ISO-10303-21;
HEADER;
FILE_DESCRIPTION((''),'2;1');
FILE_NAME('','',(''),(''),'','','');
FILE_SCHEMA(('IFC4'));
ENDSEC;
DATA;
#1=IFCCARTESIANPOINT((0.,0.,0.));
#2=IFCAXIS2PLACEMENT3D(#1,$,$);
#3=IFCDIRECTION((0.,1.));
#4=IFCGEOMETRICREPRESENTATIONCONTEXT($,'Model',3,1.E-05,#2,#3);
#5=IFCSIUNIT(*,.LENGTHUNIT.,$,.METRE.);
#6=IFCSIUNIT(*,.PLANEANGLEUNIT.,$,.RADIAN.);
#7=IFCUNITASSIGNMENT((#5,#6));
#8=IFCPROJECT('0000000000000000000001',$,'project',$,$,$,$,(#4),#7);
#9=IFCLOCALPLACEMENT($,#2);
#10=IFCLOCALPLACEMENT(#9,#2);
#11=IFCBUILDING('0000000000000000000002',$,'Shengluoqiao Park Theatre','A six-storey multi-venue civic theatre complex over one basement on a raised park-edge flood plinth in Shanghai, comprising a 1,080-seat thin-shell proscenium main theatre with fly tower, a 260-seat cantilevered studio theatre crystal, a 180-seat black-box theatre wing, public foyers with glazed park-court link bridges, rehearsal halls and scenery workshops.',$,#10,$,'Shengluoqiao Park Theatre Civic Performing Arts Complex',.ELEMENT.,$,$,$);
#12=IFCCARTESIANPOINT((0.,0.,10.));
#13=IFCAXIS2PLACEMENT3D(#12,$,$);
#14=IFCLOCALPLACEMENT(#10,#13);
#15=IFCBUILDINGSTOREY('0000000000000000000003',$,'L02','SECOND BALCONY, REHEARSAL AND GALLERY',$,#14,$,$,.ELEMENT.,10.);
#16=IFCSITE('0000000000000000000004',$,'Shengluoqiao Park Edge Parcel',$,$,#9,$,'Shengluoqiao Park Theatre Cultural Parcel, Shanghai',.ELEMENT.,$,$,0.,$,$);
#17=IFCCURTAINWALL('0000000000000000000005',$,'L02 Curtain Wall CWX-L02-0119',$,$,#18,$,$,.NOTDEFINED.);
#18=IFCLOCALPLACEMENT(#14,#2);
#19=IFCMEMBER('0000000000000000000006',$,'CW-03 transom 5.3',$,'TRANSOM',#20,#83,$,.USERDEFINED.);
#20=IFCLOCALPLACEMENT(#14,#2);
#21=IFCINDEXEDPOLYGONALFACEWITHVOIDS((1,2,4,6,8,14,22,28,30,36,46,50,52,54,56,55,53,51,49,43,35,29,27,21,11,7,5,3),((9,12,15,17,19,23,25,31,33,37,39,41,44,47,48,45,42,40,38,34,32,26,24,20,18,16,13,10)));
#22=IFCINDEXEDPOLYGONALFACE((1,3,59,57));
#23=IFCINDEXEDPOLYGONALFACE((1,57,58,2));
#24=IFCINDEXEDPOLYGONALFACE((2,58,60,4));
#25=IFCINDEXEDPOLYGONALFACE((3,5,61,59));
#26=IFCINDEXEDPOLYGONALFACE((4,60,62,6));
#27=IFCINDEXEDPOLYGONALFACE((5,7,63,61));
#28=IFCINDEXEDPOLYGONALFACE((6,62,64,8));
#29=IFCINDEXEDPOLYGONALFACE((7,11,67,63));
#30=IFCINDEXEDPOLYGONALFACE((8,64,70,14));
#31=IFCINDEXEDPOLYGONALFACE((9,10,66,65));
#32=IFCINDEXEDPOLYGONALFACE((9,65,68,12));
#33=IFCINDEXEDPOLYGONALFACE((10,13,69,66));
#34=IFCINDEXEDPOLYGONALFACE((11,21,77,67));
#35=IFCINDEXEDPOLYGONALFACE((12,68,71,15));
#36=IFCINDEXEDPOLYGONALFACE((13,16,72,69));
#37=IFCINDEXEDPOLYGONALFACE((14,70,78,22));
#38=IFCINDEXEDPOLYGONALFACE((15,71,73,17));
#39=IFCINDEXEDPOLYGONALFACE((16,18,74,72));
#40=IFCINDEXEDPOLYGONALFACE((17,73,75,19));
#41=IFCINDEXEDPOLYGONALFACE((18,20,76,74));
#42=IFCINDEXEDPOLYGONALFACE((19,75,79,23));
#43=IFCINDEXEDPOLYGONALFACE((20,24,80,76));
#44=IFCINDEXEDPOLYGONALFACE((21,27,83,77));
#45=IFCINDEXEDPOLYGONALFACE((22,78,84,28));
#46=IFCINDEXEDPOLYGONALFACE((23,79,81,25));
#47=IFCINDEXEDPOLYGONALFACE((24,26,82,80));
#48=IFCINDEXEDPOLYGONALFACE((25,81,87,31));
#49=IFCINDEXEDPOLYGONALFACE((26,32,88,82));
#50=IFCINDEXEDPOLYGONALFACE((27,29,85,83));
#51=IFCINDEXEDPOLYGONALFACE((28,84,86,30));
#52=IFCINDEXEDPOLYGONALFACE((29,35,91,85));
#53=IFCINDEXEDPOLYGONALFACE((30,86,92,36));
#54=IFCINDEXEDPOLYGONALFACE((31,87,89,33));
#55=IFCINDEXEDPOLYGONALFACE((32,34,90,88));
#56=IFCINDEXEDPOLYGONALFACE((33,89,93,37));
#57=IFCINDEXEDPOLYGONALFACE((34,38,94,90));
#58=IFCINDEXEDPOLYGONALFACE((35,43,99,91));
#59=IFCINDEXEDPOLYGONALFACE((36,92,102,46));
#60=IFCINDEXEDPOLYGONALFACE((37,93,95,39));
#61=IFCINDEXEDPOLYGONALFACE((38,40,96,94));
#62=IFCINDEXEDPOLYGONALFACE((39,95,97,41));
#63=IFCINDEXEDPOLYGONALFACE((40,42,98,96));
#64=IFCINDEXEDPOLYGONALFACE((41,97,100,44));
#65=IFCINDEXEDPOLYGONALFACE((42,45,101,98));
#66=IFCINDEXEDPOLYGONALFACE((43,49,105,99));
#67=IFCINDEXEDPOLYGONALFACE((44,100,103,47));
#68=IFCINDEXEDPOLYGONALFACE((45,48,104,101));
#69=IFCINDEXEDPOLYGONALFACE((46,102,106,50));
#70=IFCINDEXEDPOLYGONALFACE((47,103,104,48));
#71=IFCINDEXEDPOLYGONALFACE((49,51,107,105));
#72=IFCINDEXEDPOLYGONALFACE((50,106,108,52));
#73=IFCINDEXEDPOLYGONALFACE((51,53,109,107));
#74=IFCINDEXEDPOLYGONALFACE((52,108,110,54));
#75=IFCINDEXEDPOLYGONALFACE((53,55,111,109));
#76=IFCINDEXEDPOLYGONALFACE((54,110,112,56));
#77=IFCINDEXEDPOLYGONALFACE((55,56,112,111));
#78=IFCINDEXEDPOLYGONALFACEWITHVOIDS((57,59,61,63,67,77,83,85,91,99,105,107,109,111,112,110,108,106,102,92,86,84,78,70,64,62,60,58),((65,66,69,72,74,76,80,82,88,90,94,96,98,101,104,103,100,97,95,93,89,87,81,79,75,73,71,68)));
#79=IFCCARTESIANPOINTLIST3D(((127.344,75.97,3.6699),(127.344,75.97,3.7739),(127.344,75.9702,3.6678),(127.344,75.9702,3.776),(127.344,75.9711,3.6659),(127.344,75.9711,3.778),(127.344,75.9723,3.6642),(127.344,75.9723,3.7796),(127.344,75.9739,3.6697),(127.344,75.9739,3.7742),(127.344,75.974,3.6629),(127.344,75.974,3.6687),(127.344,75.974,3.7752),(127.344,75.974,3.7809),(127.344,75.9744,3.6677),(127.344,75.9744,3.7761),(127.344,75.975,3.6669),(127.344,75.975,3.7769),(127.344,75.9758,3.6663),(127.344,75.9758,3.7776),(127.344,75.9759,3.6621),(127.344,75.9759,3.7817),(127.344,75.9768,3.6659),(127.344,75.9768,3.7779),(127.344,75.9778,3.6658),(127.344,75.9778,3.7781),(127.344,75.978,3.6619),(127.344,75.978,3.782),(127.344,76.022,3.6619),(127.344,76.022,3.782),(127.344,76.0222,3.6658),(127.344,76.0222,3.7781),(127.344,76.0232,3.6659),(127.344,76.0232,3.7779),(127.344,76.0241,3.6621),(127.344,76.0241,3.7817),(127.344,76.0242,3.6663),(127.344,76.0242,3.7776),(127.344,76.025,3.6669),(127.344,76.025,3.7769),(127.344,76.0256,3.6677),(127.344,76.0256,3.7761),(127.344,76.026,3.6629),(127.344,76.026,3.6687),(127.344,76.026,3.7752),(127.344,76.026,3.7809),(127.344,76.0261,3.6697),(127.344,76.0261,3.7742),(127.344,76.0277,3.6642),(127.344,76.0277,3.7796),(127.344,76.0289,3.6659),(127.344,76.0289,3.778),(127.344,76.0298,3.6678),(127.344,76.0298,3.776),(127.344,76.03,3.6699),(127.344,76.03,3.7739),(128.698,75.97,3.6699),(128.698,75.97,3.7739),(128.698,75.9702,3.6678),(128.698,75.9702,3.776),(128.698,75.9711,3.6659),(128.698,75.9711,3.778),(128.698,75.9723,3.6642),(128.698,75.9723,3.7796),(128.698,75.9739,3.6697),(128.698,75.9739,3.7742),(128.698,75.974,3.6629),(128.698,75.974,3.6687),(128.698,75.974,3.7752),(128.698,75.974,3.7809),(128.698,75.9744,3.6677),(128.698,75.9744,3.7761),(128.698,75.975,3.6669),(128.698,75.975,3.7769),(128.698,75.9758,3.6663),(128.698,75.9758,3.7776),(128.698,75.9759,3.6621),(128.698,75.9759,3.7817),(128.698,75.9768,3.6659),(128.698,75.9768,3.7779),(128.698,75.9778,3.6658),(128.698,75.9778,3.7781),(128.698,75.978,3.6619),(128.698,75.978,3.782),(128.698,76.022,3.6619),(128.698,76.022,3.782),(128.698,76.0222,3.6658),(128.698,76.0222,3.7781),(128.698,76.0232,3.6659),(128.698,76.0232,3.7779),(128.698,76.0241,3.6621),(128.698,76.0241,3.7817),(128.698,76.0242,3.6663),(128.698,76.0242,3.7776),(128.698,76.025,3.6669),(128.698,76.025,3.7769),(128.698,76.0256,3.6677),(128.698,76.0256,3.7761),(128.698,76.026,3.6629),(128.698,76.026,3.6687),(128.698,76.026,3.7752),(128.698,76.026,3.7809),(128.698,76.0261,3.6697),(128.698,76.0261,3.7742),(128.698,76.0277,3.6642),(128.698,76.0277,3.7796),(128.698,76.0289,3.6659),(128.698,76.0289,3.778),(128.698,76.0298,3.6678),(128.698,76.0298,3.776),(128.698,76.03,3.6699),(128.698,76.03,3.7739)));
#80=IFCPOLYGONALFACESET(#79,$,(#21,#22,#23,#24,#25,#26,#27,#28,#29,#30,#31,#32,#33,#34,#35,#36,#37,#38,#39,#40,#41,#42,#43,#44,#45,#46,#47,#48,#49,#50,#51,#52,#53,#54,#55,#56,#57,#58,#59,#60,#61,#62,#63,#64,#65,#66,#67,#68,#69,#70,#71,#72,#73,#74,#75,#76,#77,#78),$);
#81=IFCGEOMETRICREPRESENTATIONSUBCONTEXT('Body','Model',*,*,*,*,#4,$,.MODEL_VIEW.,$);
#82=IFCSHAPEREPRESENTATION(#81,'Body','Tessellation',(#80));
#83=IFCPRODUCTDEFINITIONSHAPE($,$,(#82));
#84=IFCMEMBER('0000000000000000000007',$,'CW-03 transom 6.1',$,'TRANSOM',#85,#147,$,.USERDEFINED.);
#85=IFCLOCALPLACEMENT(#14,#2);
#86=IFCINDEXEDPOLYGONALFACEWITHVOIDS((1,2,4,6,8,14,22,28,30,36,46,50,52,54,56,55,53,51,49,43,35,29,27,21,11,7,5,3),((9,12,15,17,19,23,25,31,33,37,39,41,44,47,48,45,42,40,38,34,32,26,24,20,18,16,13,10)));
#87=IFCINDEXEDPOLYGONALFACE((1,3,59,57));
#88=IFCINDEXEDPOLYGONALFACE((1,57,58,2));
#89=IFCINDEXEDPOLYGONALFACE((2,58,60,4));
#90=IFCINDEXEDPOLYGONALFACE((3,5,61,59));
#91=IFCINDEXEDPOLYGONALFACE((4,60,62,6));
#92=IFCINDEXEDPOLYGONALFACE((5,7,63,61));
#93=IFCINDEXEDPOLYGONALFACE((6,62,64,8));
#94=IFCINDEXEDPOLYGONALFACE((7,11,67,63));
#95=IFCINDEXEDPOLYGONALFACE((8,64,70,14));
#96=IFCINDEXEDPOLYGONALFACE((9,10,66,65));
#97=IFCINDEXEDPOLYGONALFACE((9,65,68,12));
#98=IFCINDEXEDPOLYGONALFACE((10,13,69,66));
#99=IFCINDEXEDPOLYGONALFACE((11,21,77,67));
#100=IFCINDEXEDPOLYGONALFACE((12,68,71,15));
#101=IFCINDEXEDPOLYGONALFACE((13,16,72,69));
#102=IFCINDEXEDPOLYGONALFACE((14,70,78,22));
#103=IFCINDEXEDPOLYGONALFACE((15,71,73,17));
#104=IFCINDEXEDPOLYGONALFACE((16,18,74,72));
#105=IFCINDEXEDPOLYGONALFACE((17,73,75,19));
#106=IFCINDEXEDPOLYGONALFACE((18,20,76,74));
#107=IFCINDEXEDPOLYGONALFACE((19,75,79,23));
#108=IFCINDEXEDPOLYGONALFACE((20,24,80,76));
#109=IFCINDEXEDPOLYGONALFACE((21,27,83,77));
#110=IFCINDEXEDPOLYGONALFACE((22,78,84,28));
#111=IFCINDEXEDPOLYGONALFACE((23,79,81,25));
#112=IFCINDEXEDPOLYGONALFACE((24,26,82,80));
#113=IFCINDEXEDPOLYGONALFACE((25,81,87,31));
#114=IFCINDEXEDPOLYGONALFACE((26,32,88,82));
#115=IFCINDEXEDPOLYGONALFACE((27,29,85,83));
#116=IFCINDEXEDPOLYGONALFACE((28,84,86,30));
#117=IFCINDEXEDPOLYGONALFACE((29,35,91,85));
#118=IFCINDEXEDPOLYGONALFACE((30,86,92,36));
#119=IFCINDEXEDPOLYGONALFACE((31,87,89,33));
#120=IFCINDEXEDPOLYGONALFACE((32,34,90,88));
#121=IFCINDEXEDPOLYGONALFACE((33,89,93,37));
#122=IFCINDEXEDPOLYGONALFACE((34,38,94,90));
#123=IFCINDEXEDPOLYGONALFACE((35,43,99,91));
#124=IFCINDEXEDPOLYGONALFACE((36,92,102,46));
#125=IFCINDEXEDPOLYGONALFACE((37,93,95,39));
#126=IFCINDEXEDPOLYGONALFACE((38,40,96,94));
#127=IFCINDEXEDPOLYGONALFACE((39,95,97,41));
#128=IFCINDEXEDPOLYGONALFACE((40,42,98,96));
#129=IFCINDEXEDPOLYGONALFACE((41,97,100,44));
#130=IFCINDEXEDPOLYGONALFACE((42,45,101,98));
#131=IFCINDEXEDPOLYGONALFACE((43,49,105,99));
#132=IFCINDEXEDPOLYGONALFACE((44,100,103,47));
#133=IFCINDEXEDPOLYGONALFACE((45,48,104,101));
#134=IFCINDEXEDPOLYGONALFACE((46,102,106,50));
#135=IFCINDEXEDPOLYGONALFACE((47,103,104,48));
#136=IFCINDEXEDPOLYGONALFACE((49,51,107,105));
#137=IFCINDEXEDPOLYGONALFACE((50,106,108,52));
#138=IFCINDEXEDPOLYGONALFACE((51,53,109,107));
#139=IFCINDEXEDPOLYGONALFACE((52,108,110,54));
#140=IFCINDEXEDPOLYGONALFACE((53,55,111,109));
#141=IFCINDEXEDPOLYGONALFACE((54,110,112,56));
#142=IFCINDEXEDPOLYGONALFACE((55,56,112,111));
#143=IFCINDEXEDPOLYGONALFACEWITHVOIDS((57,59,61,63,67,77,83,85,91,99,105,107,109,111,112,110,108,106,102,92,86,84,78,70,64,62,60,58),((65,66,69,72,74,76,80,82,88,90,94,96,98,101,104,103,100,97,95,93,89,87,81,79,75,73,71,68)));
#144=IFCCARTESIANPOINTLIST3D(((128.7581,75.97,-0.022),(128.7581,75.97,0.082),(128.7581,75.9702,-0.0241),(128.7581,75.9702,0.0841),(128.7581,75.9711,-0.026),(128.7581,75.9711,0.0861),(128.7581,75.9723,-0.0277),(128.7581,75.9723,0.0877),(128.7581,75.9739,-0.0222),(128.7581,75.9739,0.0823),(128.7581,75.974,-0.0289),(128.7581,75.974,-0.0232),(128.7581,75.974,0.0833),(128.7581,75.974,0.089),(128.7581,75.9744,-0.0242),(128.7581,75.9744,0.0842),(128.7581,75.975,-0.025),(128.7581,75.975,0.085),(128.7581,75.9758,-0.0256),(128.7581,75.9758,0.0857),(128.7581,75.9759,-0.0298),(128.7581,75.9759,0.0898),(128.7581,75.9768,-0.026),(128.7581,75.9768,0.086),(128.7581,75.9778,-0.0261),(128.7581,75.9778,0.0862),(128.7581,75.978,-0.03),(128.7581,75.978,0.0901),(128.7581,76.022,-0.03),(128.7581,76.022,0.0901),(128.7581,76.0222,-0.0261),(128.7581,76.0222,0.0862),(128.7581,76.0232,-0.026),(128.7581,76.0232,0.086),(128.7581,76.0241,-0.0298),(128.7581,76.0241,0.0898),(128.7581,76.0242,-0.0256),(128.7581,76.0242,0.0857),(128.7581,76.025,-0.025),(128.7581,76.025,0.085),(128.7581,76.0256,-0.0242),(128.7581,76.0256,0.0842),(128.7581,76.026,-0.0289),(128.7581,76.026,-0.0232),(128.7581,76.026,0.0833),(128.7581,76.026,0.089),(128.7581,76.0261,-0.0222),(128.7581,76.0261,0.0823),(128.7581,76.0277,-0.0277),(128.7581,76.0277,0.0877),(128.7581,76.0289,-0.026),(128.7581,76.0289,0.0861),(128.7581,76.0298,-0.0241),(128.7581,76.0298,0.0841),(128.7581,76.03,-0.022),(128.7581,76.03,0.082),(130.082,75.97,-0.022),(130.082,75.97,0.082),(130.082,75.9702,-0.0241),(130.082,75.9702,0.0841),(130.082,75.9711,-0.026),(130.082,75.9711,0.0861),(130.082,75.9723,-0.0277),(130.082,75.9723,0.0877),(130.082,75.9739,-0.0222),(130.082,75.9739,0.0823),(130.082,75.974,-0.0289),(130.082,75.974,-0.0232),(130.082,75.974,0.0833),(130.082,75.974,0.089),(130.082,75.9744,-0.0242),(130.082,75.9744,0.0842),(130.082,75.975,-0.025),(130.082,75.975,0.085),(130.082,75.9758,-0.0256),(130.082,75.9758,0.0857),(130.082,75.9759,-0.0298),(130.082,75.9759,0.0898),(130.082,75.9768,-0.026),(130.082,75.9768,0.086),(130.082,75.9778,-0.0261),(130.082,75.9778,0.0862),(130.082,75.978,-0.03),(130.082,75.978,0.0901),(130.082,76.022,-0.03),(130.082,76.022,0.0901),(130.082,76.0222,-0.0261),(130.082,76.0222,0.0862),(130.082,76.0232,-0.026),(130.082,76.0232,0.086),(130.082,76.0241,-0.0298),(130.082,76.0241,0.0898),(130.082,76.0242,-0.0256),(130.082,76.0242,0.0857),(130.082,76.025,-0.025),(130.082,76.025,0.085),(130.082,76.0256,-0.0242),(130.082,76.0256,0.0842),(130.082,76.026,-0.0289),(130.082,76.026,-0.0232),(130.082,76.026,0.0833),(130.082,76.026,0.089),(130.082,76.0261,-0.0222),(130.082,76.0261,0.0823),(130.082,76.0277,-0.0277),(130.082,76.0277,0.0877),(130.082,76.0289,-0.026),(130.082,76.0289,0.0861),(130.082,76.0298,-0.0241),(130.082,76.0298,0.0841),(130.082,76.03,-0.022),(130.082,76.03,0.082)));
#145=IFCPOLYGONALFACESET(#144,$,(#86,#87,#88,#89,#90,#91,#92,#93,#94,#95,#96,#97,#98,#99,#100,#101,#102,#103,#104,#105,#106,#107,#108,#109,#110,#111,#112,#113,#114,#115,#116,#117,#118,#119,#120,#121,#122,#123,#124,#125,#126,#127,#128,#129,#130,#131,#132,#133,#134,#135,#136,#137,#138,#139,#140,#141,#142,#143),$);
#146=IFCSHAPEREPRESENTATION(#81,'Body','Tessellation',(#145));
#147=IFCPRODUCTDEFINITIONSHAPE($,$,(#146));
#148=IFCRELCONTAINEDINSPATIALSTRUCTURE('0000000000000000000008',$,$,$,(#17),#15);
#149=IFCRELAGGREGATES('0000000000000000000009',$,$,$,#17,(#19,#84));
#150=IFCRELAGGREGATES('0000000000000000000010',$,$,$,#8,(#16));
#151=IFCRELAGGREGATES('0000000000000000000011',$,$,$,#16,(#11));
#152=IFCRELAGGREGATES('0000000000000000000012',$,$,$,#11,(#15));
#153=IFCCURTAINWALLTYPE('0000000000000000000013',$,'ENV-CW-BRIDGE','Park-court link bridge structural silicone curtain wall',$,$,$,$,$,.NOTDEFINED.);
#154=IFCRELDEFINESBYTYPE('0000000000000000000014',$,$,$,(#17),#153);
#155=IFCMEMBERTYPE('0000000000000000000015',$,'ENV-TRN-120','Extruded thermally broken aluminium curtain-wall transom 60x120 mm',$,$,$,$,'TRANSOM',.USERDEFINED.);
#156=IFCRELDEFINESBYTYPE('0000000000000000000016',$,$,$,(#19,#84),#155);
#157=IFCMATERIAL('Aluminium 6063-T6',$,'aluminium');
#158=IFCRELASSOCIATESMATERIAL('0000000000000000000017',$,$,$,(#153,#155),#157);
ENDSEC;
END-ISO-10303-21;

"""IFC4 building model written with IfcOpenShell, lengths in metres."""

from ifc_helpers import new_model, si_unit, direction, frame, origin, origin_2d, place, context, subcontext, project, spatial, hollow_rectangle, extrude, material, material_profile, profile_set, type_object, element, aggregate, save


model = new_model("IFC4")

# Units and contexts
model_context = context("Model", 3, precision=1e-05, world=origin(), true_north=direction((0.0, 1.0)))
body_context = subcontext(model_context, "Body", "Model", "MODEL_VIEW")
ifc_project = project(units=[si_unit("LENGTHUNIT", "METRE"), si_unit("PLANEANGLEUNIT", "RADIAN")], contexts=[model_context])

# Site, building, storey
site_placement = place(None, origin())
site = spatial("IfcSite", under=ifc_project, at=site_placement, Name="Shengluoqiao Park Edge Parcel", LongName="Shengluoqiao Park Theatre Cultural Parcel, Shanghai", CompositionType="ELEMENT", RefElevation=0.0)
building_placement = place(site_placement, origin())
building = spatial("IfcBuilding", under=site, at=building_placement, Name="Shengluoqiao Park Theatre", Description="A six-storey multi-venue civic theatre complex over one basement on a raised park-edge flood plinth in Shanghai, comprising a 1,080-seat thin-shell proscenium main theatre with fly tower, a 260-seat cantilevered studio theatre crystal, a 180-seat black-box theatre wing, public foyers with glazed park-court link bridges, rehearsal halls and scenery workshops.", LongName="Shengluoqiao Park Theatre Civic Performing Arts Complex", CompositionType="ELEMENT")
storey_placement = place(building_placement, frame((0.0, 0.0, 10.0)))
storey = spatial("IfcBuildingStorey", under=building, at=storey_placement, Name="L02", Description="SECOND BALCONY, REHEARSAL AND GALLERY", CompositionType="ELEMENT", Elevation=10.0)

# Curtain wall, members
ifc_material_1 = material(Name="Aluminium 6063-T6", Category="aluminium")
curtain_wall_type = type_object("IfcCurtainWallType", Name="ENV-CW-BRIDGE", Description="Park-court link bridge structural silicone curtain wall", PredefinedType="NOTDEFINED", material=ifc_material_1)
curtain_wall_placement = place(storey_placement, origin())
curtain_wall = element("IfcCurtainWall", 1, at=curtain_wall_placement, inside=storey, type_object=curtain_wall_type, Name="L02 Curtain Wall CWX-L02-0119", PredefinedType="NOTDEFINED")
ifc_material_profile_1 = material_profile(ifc_material_1, hollow_rectangle(XDim=0.0601, YDim=0.1201, WallThickness=0.0039, InnerFilletRadius=0.0039, OuterFilletRadius=0.0081, at=origin_2d()), Name="ALU TRANSOM 120x60x4")
ifc_profile_set_1 = profile_set([ifc_material_profile_1], Name="Aluminium 6063-T6")
member_type_1 = type_object("IfcMemberType", Name="ENV-TRN-120", Description="Extruded thermally broken aluminium curtain-wall transom 60x120 mm", ElementType="TRANSOM", PredefinedType="USERDEFINED", material=ifc_profile_set_1)
member_1_placement = place(storey_placement, frame((127.344, 76.0, 3.7219), z_axis=(1.0, 0.0, 0.0), x_axis=(0.0, 1.0, 0.0)))
member_1 = element("IfcMember", 2, at=member_1_placement, type_object=member_type_1, Name="CW-03 transom 5.3", ObjectType="TRANSOM", PredefinedType="USERDEFINED", context=body_context, shape_type="SweptSolid", body=[
    extrude(hollow_rectangle(XDim=0.0601, YDim=0.1201, WallThickness=0.0039, InnerFilletRadius=0.0039, OuterFilletRadius=0.0081, at=origin_2d()), origin(), (0.0, 0.0, 1.0), 1.354),
])
member_2_placement = place(storey_placement, frame((128.7581, 76.0, 0.03), z_axis=(1.0, 0.0, 0.0), x_axis=(0.0, 1.0, 0.0)))
member_2 = element("IfcMember", 3, at=member_2_placement, type_object=member_type_1, Name="CW-03 transom 6.1", ObjectType="TRANSOM", PredefinedType="USERDEFINED", context=body_context, shape_type="SweptSolid", body=[
    extrude(hollow_rectangle(XDim=0.0601, YDim=0.1201, WallThickness=0.0039, InnerFilletRadius=0.0039, OuterFilletRadius=0.0081, at=origin_2d()), origin(), (0.0, 0.0, 1.0), 1.324),
])
aggregate(curtain_wall, [member_1, member_2])

save(model, "model.ifc")
